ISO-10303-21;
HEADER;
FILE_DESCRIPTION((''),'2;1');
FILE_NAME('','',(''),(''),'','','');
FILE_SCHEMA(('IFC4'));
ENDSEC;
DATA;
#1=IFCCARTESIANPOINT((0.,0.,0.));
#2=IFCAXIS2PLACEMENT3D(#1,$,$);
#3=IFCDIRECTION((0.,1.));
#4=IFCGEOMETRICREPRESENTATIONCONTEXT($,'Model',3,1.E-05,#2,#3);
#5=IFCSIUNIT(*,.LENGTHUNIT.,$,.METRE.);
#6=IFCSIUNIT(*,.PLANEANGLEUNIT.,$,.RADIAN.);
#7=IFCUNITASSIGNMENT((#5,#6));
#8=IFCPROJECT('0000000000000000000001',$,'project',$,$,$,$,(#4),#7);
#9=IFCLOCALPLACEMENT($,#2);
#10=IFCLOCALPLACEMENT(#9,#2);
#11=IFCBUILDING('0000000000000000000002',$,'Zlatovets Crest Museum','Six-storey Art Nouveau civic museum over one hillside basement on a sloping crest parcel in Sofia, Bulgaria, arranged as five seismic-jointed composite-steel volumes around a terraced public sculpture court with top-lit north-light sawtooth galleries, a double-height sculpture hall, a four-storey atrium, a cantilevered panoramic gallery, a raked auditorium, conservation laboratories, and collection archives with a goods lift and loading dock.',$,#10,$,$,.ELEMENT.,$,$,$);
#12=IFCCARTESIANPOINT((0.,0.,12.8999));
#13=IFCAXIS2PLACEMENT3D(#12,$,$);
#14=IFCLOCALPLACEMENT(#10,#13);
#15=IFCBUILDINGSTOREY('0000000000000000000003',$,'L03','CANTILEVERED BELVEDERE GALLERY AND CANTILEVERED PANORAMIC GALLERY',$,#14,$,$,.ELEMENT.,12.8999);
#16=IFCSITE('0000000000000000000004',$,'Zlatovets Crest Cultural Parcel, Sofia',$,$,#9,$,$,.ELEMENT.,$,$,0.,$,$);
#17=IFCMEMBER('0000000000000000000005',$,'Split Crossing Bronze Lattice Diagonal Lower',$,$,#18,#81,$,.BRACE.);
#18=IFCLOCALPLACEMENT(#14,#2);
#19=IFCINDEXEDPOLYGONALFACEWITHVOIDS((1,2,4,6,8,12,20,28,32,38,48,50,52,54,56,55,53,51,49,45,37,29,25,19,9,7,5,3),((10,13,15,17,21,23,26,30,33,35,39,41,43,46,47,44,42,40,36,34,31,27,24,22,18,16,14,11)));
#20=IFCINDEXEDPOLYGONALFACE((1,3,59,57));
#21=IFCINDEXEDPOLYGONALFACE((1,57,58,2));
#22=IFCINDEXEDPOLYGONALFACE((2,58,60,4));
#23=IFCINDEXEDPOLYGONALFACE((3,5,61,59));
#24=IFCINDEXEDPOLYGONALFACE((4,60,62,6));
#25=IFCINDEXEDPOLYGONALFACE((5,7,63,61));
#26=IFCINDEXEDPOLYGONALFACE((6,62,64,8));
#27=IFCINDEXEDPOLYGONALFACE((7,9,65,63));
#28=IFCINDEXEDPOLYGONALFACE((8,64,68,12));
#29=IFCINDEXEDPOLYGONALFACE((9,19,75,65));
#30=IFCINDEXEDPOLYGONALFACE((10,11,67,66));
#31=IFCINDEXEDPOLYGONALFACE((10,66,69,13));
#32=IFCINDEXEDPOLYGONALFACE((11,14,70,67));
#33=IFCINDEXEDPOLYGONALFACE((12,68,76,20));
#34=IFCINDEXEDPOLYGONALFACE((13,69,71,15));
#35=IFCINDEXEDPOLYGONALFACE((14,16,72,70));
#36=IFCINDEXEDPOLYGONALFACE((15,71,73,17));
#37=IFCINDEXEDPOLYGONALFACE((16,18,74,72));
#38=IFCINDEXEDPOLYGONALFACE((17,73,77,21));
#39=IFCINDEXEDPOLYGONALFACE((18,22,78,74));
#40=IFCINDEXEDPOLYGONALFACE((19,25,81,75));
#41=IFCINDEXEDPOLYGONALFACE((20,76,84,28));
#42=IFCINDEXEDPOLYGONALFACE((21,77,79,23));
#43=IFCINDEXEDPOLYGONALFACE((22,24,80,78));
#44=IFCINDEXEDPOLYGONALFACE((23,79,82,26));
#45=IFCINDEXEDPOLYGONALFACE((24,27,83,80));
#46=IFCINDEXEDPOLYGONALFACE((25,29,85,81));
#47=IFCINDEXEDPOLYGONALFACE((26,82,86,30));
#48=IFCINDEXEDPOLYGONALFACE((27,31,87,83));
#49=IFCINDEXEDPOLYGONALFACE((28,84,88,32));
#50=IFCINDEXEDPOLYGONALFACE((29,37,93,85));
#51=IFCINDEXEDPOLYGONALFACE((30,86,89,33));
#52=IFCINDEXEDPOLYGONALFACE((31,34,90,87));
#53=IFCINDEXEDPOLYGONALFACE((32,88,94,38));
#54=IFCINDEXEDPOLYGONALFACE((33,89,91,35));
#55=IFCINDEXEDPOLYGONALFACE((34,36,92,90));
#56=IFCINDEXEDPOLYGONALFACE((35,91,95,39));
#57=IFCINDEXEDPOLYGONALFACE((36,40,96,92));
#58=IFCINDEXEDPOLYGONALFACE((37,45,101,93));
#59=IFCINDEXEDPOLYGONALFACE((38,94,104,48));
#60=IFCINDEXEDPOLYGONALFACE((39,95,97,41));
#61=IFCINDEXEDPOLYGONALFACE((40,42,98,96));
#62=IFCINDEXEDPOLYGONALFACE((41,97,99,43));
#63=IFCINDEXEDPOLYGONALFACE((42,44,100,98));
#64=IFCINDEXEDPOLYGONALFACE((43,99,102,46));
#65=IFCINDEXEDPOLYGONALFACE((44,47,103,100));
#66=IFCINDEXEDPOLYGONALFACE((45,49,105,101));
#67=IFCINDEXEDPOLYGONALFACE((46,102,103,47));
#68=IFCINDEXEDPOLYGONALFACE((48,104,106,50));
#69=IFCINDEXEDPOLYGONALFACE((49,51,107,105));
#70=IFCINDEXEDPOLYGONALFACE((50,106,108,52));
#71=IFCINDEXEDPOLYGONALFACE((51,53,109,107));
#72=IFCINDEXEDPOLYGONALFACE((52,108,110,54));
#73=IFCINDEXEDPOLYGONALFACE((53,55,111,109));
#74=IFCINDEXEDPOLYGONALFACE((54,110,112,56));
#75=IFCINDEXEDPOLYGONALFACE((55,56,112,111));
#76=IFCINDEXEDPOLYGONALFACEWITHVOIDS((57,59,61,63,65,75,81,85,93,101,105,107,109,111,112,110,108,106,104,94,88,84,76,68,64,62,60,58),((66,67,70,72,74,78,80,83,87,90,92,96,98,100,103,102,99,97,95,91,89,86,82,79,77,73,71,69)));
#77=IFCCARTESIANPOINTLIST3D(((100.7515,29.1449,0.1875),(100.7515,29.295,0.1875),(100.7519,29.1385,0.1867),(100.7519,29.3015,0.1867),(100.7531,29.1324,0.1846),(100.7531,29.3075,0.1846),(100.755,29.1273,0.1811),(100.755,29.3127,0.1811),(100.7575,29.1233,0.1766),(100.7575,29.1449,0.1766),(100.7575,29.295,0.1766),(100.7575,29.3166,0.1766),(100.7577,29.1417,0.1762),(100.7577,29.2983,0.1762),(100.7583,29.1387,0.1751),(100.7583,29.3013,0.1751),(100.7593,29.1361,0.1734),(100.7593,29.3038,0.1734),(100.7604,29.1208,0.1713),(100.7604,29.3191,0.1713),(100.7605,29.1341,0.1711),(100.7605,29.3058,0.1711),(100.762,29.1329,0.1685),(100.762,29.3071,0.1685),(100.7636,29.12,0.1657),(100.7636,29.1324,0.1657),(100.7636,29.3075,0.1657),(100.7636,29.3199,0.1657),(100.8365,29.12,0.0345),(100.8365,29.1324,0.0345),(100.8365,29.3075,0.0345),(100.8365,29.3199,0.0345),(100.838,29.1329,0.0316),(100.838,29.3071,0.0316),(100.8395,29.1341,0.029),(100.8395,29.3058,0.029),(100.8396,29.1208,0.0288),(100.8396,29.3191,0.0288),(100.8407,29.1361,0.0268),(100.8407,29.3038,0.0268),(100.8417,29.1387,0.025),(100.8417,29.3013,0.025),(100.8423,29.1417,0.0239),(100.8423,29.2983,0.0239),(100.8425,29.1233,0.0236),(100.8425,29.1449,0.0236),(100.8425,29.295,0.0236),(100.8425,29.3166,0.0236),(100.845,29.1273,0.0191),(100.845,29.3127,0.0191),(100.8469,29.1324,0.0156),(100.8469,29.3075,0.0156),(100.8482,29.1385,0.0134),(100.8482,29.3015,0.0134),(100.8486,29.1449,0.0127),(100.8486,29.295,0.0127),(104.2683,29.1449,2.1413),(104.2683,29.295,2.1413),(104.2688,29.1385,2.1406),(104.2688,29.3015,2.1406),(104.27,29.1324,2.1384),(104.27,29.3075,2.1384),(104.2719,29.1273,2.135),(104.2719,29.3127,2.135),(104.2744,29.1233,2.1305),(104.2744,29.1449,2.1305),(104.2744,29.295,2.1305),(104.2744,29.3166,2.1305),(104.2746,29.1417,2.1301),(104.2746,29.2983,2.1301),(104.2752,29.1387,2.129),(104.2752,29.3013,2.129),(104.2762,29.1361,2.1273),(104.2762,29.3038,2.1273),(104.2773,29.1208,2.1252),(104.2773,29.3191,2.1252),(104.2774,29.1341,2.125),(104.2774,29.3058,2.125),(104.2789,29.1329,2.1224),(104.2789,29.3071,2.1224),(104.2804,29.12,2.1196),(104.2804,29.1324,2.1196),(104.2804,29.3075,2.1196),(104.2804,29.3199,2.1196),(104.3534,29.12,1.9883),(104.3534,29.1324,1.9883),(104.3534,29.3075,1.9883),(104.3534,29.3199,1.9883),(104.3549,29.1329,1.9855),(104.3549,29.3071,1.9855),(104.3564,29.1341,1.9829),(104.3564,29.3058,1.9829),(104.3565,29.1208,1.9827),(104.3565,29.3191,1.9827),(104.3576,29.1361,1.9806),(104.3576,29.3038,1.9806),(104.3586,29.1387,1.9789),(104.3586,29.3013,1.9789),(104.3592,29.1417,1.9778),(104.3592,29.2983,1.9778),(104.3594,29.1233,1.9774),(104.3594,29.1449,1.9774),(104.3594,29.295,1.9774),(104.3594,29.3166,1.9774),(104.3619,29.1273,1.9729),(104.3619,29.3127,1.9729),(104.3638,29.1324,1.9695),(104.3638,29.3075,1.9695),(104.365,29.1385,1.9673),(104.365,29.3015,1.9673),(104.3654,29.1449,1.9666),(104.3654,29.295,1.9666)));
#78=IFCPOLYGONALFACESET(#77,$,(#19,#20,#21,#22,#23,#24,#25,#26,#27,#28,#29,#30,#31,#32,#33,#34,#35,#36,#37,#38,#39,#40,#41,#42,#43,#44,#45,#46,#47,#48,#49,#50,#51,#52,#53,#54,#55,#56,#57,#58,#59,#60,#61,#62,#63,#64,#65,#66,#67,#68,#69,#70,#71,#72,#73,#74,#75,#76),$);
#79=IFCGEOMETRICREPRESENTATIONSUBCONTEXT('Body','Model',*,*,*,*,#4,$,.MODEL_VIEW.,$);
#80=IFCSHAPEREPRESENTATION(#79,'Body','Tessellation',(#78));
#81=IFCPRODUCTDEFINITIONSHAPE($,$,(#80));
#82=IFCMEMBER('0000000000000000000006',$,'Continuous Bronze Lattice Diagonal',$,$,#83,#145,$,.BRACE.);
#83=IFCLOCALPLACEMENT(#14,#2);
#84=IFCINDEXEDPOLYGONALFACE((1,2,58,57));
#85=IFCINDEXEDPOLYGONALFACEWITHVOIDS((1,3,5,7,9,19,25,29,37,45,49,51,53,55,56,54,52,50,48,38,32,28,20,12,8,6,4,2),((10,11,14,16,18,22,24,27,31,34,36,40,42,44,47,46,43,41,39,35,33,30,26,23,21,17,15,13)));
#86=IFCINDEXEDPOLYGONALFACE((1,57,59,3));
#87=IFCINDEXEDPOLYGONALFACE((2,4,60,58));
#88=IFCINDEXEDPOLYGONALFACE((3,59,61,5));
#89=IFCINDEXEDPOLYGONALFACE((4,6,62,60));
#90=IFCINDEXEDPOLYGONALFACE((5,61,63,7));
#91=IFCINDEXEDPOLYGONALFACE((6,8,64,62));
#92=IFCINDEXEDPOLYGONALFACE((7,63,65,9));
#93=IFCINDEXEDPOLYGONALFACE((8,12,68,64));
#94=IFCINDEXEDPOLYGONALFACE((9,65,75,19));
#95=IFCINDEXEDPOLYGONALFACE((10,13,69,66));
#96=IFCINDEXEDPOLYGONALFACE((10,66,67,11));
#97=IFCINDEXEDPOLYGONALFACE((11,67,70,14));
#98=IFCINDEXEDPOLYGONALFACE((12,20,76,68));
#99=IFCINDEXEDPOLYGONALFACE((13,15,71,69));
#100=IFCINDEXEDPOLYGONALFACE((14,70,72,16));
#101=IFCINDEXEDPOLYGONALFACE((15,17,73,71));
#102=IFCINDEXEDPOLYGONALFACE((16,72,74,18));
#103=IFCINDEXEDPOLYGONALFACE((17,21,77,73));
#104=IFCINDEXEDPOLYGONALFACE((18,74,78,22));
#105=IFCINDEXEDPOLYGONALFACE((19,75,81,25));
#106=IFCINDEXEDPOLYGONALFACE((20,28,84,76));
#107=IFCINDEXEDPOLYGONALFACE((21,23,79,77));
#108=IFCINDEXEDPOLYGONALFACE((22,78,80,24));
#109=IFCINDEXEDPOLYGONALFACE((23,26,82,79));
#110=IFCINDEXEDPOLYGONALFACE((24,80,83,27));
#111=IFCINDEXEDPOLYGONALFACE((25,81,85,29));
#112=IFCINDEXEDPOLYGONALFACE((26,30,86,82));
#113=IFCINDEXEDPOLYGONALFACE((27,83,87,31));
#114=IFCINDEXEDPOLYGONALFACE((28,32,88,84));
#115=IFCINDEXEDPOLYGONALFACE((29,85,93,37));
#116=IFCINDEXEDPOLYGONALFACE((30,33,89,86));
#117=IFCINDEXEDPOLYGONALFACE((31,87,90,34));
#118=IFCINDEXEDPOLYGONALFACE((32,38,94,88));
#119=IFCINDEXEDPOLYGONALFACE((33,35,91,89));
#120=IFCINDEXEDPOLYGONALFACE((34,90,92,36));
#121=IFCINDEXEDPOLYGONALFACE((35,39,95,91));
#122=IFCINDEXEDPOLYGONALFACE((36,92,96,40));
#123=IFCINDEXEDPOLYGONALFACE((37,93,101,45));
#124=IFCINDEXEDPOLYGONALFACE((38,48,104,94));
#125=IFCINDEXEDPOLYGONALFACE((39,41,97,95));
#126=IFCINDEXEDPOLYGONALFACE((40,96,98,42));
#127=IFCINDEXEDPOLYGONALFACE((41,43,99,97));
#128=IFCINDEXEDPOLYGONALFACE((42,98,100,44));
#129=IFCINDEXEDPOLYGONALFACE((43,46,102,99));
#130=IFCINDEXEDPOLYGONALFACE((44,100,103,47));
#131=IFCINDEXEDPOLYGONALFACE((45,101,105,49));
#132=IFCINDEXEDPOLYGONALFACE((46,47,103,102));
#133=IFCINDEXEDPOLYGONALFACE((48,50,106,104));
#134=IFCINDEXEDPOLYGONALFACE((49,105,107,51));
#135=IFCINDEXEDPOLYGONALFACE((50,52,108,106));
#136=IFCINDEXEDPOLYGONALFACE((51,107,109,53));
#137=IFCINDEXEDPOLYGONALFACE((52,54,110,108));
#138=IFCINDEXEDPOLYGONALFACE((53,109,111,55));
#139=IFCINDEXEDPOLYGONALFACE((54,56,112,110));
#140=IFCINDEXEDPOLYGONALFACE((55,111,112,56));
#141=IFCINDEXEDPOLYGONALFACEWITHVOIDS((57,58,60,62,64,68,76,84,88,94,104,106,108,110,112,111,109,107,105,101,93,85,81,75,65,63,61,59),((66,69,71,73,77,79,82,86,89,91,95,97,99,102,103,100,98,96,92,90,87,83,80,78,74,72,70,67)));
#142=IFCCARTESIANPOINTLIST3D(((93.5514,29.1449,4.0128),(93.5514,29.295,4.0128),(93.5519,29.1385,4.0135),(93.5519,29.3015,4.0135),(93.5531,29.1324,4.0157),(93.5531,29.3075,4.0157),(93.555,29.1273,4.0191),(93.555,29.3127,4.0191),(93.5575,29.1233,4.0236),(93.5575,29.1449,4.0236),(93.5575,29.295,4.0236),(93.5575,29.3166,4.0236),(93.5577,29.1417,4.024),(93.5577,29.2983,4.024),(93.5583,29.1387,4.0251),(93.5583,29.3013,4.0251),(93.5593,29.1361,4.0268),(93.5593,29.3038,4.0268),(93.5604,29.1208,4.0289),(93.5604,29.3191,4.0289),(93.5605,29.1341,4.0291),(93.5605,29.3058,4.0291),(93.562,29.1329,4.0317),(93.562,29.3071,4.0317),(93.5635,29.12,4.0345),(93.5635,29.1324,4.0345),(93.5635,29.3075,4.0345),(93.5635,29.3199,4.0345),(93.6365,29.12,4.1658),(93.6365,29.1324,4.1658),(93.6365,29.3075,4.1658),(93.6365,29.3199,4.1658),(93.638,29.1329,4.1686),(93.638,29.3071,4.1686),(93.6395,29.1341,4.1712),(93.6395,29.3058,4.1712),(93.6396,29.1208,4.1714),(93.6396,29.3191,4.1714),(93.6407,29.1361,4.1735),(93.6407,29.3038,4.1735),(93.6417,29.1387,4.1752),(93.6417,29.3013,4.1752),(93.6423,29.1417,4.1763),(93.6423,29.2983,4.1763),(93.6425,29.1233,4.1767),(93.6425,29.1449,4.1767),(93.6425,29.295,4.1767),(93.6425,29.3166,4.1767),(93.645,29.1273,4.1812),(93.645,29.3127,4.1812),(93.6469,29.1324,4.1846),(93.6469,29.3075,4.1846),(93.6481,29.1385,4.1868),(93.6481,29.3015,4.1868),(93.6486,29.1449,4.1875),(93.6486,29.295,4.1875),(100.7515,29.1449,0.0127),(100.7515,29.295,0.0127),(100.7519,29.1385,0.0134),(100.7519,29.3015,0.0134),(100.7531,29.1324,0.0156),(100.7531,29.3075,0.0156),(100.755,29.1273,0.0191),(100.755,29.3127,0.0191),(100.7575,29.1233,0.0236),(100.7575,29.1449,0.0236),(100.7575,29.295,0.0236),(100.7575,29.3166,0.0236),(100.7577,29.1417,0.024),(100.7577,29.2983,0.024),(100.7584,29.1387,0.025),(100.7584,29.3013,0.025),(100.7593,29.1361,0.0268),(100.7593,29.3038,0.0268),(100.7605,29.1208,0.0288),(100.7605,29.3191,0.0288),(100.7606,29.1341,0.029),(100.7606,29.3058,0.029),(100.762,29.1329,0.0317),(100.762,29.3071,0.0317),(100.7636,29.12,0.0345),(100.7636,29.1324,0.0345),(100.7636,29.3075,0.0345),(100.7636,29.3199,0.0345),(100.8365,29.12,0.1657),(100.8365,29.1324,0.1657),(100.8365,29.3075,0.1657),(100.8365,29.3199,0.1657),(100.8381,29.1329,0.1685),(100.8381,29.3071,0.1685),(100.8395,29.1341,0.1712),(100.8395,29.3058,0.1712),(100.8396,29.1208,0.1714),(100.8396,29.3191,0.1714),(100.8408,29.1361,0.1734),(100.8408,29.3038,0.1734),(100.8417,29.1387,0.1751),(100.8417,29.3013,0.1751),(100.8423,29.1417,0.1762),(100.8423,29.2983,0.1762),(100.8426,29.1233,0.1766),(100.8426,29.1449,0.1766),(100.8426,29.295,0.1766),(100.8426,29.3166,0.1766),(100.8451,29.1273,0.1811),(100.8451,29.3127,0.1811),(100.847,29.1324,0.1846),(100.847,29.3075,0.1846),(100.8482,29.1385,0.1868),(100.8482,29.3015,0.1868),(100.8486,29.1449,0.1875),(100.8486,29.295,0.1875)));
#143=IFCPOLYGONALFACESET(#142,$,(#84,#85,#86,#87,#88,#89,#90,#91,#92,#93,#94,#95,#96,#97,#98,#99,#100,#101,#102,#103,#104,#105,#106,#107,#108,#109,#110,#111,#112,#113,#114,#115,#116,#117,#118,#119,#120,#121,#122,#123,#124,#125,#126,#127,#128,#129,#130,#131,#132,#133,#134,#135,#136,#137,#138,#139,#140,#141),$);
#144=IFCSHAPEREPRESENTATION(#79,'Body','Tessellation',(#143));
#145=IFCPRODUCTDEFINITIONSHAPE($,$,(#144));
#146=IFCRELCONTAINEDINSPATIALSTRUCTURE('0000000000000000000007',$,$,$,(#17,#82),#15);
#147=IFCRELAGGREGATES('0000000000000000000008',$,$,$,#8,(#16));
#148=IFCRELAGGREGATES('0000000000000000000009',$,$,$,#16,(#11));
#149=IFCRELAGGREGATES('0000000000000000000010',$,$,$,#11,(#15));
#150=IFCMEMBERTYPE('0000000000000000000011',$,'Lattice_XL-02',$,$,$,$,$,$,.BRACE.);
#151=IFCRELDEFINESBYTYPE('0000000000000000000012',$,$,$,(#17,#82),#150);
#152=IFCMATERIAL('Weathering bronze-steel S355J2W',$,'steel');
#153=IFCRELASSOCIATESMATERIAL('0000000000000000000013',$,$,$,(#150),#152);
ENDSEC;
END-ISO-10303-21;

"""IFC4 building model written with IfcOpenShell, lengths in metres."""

from ifc_helpers import new_model, si_unit, direction, frame, origin, origin_2d, place, context, subcontext, project, spatial, hollow_rectangle, extrude, material, material_profile, profile_set, type_object, element, save


model = new_model("IFC4")

# Units and contexts
model_context = context("Model", 3, precision=1e-05, world=origin(), true_north=direction((0.0, 1.0)))
body_context = subcontext(model_context, "Body", "Model", "MODEL_VIEW")
ifc_project = project(units=[si_unit("LENGTHUNIT", "METRE"), si_unit("PLANEANGLEUNIT", "RADIAN")], contexts=[model_context])

# Site, building, storey
site_placement = place(None, origin())
site = spatial("IfcSite", under=ifc_project, at=site_placement, Name="Zlatovets Crest Cultural Parcel, Sofia", CompositionType="ELEMENT", RefElevation=0.0)
building_placement = place(site_placement, origin())
building = spatial("IfcBuilding", under=site, at=building_placement, Name="Zlatovets Crest Museum", Description="Six-storey Art Nouveau civic museum over one hillside basement on a sloping crest parcel in Sofia, Bulgaria, arranged as five seismic-jointed composite-steel volumes around a terraced public sculpture court with top-lit north-light sawtooth galleries, a double-height sculpture hall, a four-storey atrium, a cantilevered panoramic gallery, a raked auditorium, conservation laboratories, and collection archives with a goods lift and loading dock.", CompositionType="ELEMENT")
storey_placement = place(building_placement, frame((0.0, 0.0, 12.8999)))
storey = spatial("IfcBuildingStorey", under=building, at=storey_placement, Name="L03", Description="CANTILEVERED BELVEDERE GALLERY AND CANTILEVERED PANORAMIC GALLERY", CompositionType="ELEMENT", Elevation=12.8999)

# Members
ifc_material_1 = material(Name="Weathering bronze-steel S355J2W", Category="steel")
ifc_material_profile_1 = material_profile(ifc_material_1, hollow_rectangle(XDim=0.2, YDim=0.2, WallThickness=0.0125, InnerFilletRadius=0.0125, OuterFilletRadius=0.0249, at=origin_2d()), Name="SHS 200x200x12.5")
ifc_profile_set_1 = profile_set([ifc_material_profile_1], Name="Weathering bronze-steel S355J2W")
member_type_1 = type_object("IfcMemberType", Name="Lattice_XL-02", PredefinedType="BRACE", material=ifc_profile_set_1)
member_1_placement = place(storey_placement, frame((104.3169, 29.22, 2.054), z_axis=(-0.874152, 0.0, -0.485653), x_axis=(0.0, -1.0, 0.0)))
element("IfcMember", 1, at=member_1_placement, inside=storey, type_object=member_type_1, Name="Split Crossing Bronze Lattice Diagonal Lower", PredefinedType="BRACE", context=body_context, shape_type="SweptSolid", body=[
    extrude(hollow_rectangle(XDim=0.2, YDim=0.2, WallThickness=0.0125, InnerFilletRadius=0.0125, OuterFilletRadius=0.0249, at=origin_2d()), origin(), (0.0, 0.0, 1.0), 4.0232),
])
member_2_placement = place(storey_placement, frame((100.8, 29.22, 0.1001), z_axis=(-0.874156, 0.0, 0.485645), x_axis=(0.0, -1.0, 0.0)))
element("IfcMember", 2, at=member_2_placement, inside=storey, type_object=member_type_1, Name="Continuous Bronze Lattice Diagonal", PredefinedType="BRACE", context=body_context, shape_type="SweptSolid", body=[
    extrude(hollow_rectangle(XDim=0.2, YDim=0.2, WallThickness=0.0125, InnerFilletRadius=0.0125, OuterFilletRadius=0.0249, at=origin_2d()), origin(), (0.0, 0.0, 1.0), 8.2366),
])

save(model, "model.ifc")
